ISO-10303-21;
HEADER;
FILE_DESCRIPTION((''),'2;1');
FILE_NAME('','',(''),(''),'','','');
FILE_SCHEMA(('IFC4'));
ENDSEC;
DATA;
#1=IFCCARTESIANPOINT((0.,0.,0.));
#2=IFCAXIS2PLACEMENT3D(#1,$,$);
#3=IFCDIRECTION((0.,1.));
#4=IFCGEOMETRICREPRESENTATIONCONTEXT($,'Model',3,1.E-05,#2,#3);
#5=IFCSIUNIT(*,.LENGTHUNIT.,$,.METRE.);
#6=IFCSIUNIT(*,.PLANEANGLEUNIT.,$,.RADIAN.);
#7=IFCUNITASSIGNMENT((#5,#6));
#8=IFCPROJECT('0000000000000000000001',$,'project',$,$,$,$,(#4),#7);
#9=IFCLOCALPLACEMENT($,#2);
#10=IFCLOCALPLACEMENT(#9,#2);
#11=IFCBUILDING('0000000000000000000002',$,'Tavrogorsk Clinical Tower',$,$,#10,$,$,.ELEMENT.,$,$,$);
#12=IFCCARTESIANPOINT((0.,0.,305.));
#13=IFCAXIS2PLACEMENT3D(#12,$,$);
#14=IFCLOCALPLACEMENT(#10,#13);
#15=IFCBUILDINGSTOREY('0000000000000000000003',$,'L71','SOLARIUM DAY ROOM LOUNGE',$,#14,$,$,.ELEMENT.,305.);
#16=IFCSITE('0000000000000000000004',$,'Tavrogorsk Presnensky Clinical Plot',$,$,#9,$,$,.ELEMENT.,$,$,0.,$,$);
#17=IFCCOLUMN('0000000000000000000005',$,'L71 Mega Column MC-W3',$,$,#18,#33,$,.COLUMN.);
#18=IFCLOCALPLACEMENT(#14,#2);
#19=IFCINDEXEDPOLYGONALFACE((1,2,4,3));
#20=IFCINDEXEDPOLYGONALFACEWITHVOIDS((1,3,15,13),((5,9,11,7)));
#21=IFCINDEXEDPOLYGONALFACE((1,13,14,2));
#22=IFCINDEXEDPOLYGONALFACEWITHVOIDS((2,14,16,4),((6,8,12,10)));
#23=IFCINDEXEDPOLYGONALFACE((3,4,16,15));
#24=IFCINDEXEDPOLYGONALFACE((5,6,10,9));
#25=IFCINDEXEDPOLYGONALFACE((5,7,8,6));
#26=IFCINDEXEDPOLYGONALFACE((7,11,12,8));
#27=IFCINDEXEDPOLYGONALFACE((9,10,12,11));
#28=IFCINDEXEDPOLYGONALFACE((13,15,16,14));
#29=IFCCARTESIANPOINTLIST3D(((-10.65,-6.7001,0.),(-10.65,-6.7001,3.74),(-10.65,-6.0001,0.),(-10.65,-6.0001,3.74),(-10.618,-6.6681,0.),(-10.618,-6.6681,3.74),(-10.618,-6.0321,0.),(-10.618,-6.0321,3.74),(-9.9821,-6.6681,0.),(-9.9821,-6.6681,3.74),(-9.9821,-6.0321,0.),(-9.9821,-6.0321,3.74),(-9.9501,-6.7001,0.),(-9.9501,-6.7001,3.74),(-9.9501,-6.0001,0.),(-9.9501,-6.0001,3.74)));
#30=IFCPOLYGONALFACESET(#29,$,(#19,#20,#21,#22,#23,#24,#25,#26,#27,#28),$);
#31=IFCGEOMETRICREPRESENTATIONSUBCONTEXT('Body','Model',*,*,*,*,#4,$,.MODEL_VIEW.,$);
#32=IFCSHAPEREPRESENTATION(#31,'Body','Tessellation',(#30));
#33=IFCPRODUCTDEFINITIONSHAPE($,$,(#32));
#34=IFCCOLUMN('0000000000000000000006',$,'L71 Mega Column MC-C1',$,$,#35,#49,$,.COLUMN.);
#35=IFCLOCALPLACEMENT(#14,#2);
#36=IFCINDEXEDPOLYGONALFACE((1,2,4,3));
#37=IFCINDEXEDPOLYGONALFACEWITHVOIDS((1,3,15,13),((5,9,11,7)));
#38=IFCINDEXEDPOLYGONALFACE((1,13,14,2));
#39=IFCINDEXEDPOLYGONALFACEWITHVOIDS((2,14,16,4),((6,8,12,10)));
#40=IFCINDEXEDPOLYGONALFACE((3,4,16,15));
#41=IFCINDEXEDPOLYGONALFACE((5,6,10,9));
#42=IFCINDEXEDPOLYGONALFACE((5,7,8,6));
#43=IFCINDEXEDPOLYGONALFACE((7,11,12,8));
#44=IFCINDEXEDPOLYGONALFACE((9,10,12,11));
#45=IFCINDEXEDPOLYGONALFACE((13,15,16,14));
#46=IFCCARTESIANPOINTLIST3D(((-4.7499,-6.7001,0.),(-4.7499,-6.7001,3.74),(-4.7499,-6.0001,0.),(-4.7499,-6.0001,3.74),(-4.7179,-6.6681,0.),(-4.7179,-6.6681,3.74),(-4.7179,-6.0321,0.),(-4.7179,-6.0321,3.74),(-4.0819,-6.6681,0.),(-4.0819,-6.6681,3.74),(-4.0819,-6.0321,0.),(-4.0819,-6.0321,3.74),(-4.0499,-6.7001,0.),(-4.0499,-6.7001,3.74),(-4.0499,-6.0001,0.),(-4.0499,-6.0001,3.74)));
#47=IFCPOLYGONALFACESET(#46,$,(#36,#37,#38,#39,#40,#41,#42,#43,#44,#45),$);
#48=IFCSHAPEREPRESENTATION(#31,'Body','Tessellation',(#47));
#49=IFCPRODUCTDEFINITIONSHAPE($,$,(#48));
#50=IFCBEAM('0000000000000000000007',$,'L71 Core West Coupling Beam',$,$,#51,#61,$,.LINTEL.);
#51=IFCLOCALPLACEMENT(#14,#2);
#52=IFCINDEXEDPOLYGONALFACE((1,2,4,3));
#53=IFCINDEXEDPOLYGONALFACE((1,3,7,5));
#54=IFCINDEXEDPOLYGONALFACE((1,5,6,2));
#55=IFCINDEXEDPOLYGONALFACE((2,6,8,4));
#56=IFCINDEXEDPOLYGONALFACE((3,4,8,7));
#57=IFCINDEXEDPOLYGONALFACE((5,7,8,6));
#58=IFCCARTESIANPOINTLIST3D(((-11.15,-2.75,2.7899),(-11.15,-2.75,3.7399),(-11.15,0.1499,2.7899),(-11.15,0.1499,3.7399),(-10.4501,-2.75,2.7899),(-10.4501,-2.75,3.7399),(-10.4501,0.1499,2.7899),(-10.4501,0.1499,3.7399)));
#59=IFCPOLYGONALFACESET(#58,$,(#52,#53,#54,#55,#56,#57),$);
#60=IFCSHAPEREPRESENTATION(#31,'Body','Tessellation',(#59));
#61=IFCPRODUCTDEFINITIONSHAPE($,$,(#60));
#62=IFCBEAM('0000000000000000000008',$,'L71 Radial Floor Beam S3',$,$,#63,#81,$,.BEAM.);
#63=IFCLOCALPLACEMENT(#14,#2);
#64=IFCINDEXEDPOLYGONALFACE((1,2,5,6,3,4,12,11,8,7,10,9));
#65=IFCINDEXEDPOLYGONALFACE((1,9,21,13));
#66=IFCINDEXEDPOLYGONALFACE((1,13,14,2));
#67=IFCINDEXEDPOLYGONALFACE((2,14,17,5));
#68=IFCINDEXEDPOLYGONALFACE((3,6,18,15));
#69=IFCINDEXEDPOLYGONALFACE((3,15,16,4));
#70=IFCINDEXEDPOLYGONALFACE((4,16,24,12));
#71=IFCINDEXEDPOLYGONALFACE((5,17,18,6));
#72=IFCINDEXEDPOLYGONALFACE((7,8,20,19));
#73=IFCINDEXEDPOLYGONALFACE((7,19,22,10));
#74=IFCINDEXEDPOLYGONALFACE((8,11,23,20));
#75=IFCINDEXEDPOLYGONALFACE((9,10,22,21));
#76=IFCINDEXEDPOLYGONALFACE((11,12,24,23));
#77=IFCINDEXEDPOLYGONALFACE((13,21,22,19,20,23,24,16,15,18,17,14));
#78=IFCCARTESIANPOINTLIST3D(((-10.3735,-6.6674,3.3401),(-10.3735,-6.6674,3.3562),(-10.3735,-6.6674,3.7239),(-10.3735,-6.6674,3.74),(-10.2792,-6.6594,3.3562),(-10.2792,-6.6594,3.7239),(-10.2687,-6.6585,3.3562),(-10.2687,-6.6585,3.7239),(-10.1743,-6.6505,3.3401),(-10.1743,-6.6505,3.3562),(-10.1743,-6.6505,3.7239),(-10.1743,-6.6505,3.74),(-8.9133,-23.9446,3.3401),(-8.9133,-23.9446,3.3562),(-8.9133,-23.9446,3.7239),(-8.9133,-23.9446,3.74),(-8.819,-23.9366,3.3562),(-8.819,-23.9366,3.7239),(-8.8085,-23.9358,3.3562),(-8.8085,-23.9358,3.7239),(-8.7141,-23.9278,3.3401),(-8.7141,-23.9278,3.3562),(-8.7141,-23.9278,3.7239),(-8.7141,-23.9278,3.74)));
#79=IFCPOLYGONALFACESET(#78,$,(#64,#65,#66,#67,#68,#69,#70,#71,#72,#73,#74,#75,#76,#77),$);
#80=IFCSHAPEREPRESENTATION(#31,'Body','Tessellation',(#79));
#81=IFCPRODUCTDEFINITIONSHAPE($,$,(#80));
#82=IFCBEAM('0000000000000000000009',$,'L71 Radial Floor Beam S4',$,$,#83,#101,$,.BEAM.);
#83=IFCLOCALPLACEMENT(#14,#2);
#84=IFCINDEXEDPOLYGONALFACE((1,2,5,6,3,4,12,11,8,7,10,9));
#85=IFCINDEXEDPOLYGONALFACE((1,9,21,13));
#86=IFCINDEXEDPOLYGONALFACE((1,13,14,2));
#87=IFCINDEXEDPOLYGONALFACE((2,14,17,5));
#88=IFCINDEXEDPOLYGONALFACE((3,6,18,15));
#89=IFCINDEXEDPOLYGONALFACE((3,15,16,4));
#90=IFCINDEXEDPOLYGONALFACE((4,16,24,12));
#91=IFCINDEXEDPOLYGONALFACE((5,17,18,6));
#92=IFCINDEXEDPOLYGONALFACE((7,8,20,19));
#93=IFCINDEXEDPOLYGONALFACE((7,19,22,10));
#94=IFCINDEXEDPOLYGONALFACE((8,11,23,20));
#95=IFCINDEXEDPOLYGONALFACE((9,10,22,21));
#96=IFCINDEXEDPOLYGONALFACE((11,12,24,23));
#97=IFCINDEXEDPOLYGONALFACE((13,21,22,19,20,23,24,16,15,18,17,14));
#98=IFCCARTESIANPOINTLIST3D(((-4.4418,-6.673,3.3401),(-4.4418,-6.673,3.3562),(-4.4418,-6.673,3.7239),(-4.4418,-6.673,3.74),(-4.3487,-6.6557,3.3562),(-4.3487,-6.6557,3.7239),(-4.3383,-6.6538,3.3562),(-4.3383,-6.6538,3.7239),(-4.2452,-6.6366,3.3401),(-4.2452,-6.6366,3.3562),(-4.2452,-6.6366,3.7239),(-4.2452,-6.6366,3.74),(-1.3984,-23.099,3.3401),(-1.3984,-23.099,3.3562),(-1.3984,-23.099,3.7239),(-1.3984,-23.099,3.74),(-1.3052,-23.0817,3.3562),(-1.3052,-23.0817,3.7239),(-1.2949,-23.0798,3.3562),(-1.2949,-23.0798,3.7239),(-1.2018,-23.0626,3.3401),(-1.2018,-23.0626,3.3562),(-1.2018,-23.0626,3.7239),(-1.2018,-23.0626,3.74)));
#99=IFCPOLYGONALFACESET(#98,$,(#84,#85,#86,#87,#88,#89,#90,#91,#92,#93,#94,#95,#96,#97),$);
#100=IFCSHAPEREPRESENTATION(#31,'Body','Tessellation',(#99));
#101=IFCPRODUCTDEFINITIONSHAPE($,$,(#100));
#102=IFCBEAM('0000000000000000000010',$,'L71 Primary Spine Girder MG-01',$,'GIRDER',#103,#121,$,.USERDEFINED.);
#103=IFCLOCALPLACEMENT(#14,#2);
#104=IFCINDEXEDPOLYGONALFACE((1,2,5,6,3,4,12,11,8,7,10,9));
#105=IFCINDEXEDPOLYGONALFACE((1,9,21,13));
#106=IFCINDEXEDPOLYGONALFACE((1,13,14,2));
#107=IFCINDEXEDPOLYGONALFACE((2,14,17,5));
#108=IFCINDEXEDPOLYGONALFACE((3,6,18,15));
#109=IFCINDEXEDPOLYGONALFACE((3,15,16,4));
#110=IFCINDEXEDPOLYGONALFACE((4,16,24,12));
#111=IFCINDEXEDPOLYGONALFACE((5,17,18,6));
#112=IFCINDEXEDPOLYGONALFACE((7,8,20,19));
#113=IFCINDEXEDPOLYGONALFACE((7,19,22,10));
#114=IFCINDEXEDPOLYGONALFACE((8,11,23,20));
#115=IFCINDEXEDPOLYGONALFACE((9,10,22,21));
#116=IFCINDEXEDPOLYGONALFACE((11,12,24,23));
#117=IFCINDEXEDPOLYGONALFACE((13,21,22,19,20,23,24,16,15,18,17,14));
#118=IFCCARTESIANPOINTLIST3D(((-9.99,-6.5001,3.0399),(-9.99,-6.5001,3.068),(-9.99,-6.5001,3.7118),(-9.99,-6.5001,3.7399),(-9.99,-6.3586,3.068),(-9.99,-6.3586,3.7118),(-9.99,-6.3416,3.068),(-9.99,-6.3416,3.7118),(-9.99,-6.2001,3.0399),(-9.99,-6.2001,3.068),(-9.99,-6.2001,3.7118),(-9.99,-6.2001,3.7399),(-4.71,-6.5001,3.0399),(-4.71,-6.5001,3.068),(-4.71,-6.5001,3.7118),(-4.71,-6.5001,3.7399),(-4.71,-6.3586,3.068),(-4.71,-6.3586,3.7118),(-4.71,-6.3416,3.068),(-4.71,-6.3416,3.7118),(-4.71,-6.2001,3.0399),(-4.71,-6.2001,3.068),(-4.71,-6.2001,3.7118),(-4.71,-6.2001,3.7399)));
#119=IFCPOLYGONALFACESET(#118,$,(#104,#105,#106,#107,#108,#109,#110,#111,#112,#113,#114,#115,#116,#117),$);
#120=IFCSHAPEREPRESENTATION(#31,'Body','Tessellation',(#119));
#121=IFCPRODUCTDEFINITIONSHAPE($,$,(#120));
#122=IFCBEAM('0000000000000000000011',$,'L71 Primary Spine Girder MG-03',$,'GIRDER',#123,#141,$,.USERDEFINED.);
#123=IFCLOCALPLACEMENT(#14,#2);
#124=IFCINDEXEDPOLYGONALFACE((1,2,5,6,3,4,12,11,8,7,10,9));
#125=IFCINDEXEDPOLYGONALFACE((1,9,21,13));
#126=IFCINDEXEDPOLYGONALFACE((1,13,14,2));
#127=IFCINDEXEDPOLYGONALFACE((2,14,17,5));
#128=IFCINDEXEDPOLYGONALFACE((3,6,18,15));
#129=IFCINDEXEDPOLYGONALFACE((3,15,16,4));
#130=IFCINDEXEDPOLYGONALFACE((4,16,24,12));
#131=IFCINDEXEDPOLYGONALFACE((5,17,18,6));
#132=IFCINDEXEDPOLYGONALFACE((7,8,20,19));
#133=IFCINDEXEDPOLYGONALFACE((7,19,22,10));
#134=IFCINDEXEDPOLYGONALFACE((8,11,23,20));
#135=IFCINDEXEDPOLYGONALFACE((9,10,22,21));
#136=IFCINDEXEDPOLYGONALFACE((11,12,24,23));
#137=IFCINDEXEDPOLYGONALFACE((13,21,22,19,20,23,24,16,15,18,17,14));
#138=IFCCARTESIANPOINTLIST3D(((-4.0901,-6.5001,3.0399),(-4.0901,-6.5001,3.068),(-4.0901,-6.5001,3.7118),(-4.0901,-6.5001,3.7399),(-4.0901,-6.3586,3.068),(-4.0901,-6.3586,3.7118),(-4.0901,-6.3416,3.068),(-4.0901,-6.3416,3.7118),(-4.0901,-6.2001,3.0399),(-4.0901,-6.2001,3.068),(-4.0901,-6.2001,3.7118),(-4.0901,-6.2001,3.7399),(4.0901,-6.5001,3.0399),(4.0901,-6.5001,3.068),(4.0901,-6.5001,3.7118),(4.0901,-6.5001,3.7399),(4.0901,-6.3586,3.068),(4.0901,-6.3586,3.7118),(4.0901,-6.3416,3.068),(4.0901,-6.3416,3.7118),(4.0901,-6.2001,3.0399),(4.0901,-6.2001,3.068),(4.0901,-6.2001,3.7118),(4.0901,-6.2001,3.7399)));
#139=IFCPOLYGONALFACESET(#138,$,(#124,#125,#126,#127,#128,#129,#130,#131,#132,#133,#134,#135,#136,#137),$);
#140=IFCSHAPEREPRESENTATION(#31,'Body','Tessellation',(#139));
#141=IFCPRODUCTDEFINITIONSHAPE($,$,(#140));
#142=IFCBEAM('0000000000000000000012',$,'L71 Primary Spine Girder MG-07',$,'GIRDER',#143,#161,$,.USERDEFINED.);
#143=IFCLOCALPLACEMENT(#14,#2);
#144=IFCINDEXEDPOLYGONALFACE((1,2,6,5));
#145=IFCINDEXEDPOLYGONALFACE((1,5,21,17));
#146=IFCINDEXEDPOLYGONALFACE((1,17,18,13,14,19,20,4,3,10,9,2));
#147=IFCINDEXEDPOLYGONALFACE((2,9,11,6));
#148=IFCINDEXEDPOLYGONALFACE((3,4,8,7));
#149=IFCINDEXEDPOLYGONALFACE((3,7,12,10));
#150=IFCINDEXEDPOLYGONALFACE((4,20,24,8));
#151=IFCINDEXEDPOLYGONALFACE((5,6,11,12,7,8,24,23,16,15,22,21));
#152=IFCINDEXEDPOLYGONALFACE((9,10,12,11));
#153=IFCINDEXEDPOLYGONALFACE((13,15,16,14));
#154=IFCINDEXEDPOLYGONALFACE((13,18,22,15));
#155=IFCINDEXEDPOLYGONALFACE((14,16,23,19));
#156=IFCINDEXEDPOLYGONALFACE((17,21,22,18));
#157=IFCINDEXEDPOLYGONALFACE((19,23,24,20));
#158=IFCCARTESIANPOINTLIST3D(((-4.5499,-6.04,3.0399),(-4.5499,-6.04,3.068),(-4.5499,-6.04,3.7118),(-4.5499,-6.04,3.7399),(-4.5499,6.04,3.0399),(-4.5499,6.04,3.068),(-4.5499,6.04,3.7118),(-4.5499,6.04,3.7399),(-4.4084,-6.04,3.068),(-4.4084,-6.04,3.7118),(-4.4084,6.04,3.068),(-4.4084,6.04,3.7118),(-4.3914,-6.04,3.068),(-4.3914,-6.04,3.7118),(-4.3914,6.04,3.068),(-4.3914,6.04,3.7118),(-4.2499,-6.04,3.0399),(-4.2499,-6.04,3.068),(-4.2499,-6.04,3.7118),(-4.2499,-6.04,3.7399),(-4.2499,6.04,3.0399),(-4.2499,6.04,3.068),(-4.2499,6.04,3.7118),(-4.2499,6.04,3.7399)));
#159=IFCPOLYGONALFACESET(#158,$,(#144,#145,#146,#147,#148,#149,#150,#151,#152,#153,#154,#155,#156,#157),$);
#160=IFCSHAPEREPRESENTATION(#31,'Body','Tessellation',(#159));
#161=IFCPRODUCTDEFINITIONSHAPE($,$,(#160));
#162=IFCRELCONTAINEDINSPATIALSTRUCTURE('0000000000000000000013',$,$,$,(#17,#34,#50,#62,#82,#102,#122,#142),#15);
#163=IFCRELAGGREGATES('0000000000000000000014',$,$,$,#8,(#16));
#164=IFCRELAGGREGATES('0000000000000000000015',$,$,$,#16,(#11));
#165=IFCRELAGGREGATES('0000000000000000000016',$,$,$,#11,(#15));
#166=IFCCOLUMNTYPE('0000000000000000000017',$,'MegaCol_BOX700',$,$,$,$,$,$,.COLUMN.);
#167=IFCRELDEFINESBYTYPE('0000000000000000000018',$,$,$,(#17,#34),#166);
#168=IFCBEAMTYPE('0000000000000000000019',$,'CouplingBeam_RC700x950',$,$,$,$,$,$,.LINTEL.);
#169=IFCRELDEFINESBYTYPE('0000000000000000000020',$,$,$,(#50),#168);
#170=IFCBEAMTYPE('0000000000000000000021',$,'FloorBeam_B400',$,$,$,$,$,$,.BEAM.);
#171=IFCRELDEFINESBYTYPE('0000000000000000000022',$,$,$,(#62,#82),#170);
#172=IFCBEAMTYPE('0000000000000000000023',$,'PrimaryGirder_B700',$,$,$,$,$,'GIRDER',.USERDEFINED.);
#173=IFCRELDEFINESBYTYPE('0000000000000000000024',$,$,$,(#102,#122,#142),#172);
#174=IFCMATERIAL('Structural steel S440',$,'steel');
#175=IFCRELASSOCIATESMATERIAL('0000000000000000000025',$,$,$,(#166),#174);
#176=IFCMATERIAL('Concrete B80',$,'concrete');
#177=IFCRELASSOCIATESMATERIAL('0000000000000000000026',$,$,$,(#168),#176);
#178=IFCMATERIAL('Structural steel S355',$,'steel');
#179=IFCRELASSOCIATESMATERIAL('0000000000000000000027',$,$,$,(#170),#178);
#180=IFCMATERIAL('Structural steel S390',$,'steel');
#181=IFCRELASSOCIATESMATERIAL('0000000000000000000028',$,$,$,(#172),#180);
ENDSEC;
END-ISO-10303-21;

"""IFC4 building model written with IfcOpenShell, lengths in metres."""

from ifc_helpers import new_model, si_unit, direction, frame, origin, origin_2d, place, context, subcontext, project, spatial, rectangle, hollow_rectangle, i_section, extrude, material, material_profile, profile_set, type_object, element, save


model = new_model("IFC4")

# Units and contexts
model_context = context("Model", 3, precision=1e-05, world=origin(), true_north=direction((0.0, 1.0)))
body_context = subcontext(model_context, "Body", "Model", "MODEL_VIEW")
ifc_project = project(units=[si_unit("LENGTHUNIT", "METRE"), si_unit("PLANEANGLEUNIT", "RADIAN")], contexts=[model_context])

# Site, building, storey
site_placement = place(None, origin())
site = spatial("IfcSite", under=ifc_project, at=site_placement, Name="Tavrogorsk Presnensky Clinical Plot", CompositionType="ELEMENT", RefElevation=0.0)
building_placement = place(site_placement, origin())
building = spatial("IfcBuilding", under=site, at=building_placement, Name="Tavrogorsk Clinical Tower", CompositionType="ELEMENT")
storey_placement = place(building_placement, frame((0.0, 0.0, 305.0)))
storey = spatial("IfcBuildingStorey", under=building, at=storey_placement, Name="L71", Description="SOLARIUM DAY ROOM LOUNGE", CompositionType="ELEMENT", Elevation=305.0)

# Columns
ifc_material_1 = material(Name="Structural steel S440", Category="steel")
ifc_material_profile_1 = material_profile(ifc_material_1, hollow_rectangle(XDim=0.7, YDim=0.7, WallThickness=0.032, at=origin_2d()), Name="BOX-700x700x32")
ifc_profile_set_1 = profile_set([ifc_material_profile_1], Name="Structural steel S440")
column_type = type_object("IfcColumnType", Name="MegaCol_BOX700", PredefinedType="COLUMN", material=ifc_profile_set_1)
for number, where, z_axis, x_axis, name in (
    (1, (-10.3, -6.3501, 0.0), (0.0, 0.0, 1.0), (1.0, 0.0, 0.0), "L71 Mega Column MC-W3"),
    (2, (-4.3999, -6.3501, 0.0), (0.0, 0.0, 1.0), (1.0, 0.0, 0.0), "L71 Mega Column MC-C1"),
):
    element("IfcColumn", number, at=place(storey_placement, frame(where, z_axis=z_axis, x_axis=x_axis)), inside=storey, type_object=column_type, Name=name, PredefinedType="COLUMN", context=body_context, shape_type="SweptSolid", body=[
        extrude(hollow_rectangle(XDim=0.7, YDim=0.7, WallThickness=0.032, at=origin_2d()), origin(), (0.0, 0.0, 1.0), 3.74),
    ])

# Beams
ifc_material_2 = material(Name="Concrete B80", Category="concrete")
ifc_material_profile_2 = material_profile(ifc_material_2, rectangle(XDim=0.7, YDim=0.95, at=origin_2d()), Name="RC-CB-700x950")
ifc_profile_set_2 = profile_set([ifc_material_profile_2], Name="Concrete B80")
beam_type_1 = type_object("IfcBeamType", Name="CouplingBeam_RC700x950", PredefinedType="LINTEL", material=ifc_profile_set_2)
beam_1_placement = place(storey_placement, frame((-10.8, -2.75, 3.2649), z_axis=(0.0, 1.0, 0.0), x_axis=(-1.0, 0.0, 0.0)))
element("IfcBeam", 3, at=beam_1_placement, inside=storey, type_object=beam_type_1, Name="L71 Core West Coupling Beam", PredefinedType="LINTEL", context=body_context, shape_type="SweptSolid", body=[
    extrude(rectangle(XDim=0.7, YDim=0.95, at=origin_2d()), origin(), (0.0, 0.0, 1.0), 2.8999),
])
ifc_material_3 = material(Name="Structural steel S355", Category="steel")
ifc_material_profile_3 = material_profile(ifc_material_3, i_section(OverallWidth=0.2, OverallDepth=0.3999, WebThickness=0.0105, FlangeThickness=0.0161, at=origin_2d()), Name="B-400x200x10.5x16")
ifc_profile_set_3 = profile_set([ifc_material_profile_3], Name="Structural steel S355")
beam_type_2 = type_object("IfcBeamType", Name="FloorBeam_B400", PredefinedType="BEAM", material=ifc_profile_set_3)
beam_2_placement = place(storey_placement, frame((-10.2739, -6.6589, 3.54), z_axis=(0.084215, -0.996448, 0.0), x_axis=(0.996448, 0.084215, 0.0)))
element("IfcBeam", 4, at=beam_2_placement, inside=storey, type_object=beam_type_2, Name="L71 Radial Floor Beam S3", PredefinedType="BEAM", context=body_context, shape_type="SweptSolid", body=[
    extrude(i_section(OverallWidth=0.2, OverallDepth=0.3999, WebThickness=0.0105, FlangeThickness=0.0161, at=origin_2d()), origin(), (0.0, 0.0, 1.0), 17.3389),
])
beam_3_placement = place(storey_placement, frame((-4.3435, -6.6548, 3.54), z_axis=(0.182182, -0.983265, 0.0), x_axis=(0.983265, 0.182182, 0.0)))
element("IfcBeam", 5, at=beam_3_placement, inside=storey, type_object=beam_type_2, Name="L71 Radial Floor Beam S4", PredefinedType="BEAM", context=body_context, shape_type="SweptSolid", body=[
    extrude(i_section(OverallWidth=0.2, OverallDepth=0.3999, WebThickness=0.0105, FlangeThickness=0.0161, at=origin_2d()), origin(), (0.0, 0.0, 1.0), 16.7056),
])
ifc_material_4 = material(Name="Structural steel S390", Category="steel")
ifc_material_profile_4 = material_profile(ifc_material_4, i_section(OverallWidth=0.3, OverallDepth=0.7, WebThickness=0.0171, FlangeThickness=0.0281, at=origin_2d()), Name="B-700x300x17x28")
ifc_profile_set_4 = profile_set([ifc_material_profile_4], Name="Structural steel S390")
beam_type_3 = type_object("IfcBeamType", Name="PrimaryGirder_B700", ElementType="GIRDER", PredefinedType="USERDEFINED", material=ifc_profile_set_4)
beam_4_placement = place(storey_placement, frame((-9.99, -6.3501, 3.3899), z_axis=(1.0, 0.0, 0.0), x_axis=(0.0, 1.0, 0.0)))
element("IfcBeam", 6, at=beam_4_placement, inside=storey, type_object=beam_type_3, Name="L71 Primary Spine Girder MG-01", ObjectType="GIRDER", PredefinedType="USERDEFINED", context=body_context, shape_type="SweptSolid", body=[
    extrude(i_section(OverallWidth=0.3, OverallDepth=0.7, WebThickness=0.0171, FlangeThickness=0.0281, at=origin_2d()), origin(), (0.0, 0.0, 1.0), 5.28),
])
beam_5_placement = place(storey_placement, frame((-4.0901, -6.3501, 3.3899), z_axis=(1.0, 0.0, 0.0), x_axis=(0.0, 1.0, 0.0)))
element("IfcBeam", 7, at=beam_5_placement, inside=storey, type_object=beam_type_3, Name="L71 Primary Spine Girder MG-03", ObjectType="GIRDER", PredefinedType="USERDEFINED", context=body_context, shape_type="SweptSolid", body=[
    extrude(i_section(OverallWidth=0.3, OverallDepth=0.7, WebThickness=0.0171, FlangeThickness=0.0281, at=origin_2d()), origin(), (0.0, 0.0, 1.0), 8.1802),
])
beam_6_placement = place(storey_placement, frame((-4.3999, -6.04, 3.3899), z_axis=(0.0, 1.0, 0.0), x_axis=(-1.0, 0.0, 0.0)))
element("IfcBeam", 8, at=beam_6_placement, inside=storey, type_object=beam_type_3, Name="L71 Primary Spine Girder MG-07", ObjectType="GIRDER", PredefinedType="USERDEFINED", context=body_context, shape_type="SweptSolid", body=[
    extrude(i_section(OverallWidth=0.3, OverallDepth=0.7, WebThickness=0.0171, FlangeThickness=0.0281, at=origin_2d()), origin(), (0.0, 0.0, 1.0), 12.0801),
])

save(model, "model.ifc")
